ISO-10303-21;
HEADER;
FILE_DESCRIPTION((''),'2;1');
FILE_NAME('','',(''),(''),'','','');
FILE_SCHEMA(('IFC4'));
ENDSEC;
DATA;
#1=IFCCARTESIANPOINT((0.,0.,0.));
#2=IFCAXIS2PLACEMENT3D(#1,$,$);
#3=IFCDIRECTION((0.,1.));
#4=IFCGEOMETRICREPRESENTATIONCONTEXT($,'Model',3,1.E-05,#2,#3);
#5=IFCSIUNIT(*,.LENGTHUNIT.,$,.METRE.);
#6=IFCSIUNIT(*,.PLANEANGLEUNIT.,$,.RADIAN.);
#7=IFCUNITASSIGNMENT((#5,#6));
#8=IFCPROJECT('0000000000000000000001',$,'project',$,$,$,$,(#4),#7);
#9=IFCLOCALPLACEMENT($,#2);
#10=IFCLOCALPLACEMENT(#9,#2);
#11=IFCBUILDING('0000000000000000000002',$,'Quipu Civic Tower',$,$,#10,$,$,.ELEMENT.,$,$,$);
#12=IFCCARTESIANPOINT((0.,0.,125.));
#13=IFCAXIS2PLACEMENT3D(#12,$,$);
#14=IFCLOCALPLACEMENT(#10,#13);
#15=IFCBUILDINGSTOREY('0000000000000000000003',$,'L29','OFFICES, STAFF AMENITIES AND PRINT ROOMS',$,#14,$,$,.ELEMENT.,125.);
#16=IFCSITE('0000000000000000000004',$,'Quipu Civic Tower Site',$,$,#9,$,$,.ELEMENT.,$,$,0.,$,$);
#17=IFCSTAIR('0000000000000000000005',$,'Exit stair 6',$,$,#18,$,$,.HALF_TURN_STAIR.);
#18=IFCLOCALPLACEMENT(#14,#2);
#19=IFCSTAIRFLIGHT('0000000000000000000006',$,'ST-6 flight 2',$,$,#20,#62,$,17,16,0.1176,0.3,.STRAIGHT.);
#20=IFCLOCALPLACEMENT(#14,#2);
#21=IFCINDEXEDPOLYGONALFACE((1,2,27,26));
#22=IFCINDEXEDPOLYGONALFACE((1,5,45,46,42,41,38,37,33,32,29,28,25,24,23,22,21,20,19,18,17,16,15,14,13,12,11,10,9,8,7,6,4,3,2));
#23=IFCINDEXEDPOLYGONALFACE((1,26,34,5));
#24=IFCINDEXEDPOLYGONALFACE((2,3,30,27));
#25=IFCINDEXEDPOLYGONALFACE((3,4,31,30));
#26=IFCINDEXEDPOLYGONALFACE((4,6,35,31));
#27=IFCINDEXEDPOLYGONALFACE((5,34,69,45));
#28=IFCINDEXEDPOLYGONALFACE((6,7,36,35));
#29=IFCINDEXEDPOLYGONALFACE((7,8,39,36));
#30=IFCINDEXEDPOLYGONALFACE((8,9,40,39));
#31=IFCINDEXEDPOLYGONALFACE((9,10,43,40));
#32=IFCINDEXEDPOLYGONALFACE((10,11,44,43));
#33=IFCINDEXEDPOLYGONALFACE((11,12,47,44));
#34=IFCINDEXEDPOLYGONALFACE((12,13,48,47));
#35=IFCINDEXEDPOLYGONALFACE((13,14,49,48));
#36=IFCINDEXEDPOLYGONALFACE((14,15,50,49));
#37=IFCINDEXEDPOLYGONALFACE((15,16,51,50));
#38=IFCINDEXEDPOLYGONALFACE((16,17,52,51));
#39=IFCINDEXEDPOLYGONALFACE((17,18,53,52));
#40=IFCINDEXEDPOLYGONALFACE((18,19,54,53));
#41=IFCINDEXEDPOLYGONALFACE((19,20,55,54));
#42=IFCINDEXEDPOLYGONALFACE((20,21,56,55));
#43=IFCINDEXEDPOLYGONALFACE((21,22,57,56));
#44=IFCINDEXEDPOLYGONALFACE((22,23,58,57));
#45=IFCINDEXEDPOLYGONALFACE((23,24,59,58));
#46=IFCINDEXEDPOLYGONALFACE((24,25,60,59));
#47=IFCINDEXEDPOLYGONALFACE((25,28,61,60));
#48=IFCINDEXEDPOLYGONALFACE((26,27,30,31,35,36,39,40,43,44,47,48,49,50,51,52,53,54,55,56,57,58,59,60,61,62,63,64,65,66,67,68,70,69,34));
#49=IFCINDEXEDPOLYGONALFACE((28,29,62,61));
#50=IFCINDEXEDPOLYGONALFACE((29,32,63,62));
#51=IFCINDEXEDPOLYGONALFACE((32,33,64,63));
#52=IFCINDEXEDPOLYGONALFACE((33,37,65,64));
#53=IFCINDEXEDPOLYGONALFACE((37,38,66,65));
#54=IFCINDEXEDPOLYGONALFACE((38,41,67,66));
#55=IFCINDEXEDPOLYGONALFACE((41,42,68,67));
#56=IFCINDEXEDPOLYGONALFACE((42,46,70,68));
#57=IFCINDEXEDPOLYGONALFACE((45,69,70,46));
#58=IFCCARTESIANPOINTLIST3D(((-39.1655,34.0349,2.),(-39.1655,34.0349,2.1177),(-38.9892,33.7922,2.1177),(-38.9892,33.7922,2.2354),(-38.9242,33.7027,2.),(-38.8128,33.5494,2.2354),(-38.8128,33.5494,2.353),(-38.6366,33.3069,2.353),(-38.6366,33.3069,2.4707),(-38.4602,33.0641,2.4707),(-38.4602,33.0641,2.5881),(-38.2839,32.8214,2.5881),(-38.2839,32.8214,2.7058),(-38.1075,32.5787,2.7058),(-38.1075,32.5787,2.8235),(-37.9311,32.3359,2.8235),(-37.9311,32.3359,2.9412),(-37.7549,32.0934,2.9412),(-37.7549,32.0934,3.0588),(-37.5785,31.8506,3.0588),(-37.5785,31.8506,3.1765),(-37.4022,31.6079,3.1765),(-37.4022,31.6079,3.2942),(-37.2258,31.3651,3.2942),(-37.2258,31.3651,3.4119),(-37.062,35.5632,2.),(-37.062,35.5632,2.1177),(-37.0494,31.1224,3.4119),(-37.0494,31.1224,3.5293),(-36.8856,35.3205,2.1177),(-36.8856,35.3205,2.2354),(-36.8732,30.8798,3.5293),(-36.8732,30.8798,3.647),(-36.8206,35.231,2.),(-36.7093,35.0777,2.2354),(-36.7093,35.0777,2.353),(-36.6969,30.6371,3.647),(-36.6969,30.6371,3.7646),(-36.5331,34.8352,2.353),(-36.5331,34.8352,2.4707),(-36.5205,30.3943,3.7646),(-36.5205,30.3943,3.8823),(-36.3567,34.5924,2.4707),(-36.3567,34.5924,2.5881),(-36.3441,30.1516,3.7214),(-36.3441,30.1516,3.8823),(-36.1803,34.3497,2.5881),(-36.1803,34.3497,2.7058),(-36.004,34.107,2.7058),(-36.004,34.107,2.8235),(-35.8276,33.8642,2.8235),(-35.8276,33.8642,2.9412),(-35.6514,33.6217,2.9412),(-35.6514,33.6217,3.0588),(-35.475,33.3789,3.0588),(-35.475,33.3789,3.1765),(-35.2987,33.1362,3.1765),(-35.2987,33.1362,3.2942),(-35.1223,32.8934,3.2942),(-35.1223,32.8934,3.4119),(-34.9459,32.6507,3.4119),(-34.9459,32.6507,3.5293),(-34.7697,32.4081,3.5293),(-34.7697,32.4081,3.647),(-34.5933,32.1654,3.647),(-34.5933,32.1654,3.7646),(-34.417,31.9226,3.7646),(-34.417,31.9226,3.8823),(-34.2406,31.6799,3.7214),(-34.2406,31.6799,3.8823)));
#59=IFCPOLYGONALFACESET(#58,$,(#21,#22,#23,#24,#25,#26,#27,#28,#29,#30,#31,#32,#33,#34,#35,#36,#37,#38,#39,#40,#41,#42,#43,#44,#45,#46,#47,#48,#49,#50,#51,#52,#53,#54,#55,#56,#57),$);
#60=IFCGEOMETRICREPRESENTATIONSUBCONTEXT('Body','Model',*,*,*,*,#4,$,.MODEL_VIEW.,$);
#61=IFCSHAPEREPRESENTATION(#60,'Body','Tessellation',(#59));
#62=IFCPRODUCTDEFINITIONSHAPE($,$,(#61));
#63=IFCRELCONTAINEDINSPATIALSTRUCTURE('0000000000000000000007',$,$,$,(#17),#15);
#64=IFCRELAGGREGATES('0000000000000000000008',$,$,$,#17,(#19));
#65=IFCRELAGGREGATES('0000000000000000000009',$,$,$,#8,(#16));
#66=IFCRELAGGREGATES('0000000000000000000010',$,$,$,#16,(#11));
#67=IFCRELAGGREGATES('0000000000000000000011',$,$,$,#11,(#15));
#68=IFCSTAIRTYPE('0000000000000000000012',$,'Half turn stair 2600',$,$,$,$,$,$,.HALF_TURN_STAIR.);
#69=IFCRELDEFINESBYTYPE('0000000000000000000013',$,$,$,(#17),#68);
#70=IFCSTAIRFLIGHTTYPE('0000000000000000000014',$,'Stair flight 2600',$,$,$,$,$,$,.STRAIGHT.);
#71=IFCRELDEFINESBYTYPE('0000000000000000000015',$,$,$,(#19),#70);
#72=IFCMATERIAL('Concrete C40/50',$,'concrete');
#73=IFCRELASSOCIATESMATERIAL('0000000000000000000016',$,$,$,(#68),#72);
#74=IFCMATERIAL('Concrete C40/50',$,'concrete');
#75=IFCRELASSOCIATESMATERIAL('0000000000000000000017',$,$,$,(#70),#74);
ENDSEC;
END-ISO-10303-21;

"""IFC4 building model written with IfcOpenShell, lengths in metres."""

from ifc_helpers import new_model, si_unit, direction, frame, origin, place, context, subcontext, project, spatial, polyline, outline, extrude, material, type_object, element, aggregate, save


model = new_model("IFC4")

# Units and contexts
model_context = context("Model", 3, precision=1e-05, world=origin(), true_north=direction((0.0, 1.0)))
body_context = subcontext(model_context, "Body", "Model", "MODEL_VIEW")
ifc_project = project(units=[si_unit("LENGTHUNIT", "METRE"), si_unit("PLANEANGLEUNIT", "RADIAN")], contexts=[model_context])

# Site, building, storey
site_placement = place(None, origin())
site = spatial("IfcSite", under=ifc_project, at=site_placement, Name="Quipu Civic Tower Site", CompositionType="ELEMENT", RefElevation=0.0)
building_placement = place(site_placement, origin())
building = spatial("IfcBuilding", under=site, at=building_placement, Name="Quipu Civic Tower", CompositionType="ELEMENT")
storey_placement = place(building_placement, frame((0.0, 0.0, 125.0)))
storey = spatial("IfcBuildingStorey", under=building, at=storey_placement, Name="L29", Description="OFFICES, STAFF AMENITIES AND PRINT ROOMS", CompositionType="ELEMENT", Elevation=125.0)

# Stair, stair flight
ifc_material_1 = material(Name="Concrete C40/50", Category="concrete")
stair_type = type_object("IfcStairType", Name="Half turn stair 2600", PredefinedType="HALF_TURN_STAIR", material=ifc_material_1)
stair_placement = place(storey_placement, origin())
stair = element("IfcStair", 1, at=stair_placement, inside=storey, type_object=stair_type, Name="Exit stair 6", PredefinedType="HALF_TURN_STAIR")
ifc_material_2 = material(Name="Concrete C40/50", Category="concrete")
stair_flight_type = type_object("IfcStairFlightType", Name="Stair flight 2600", PredefinedType="STRAIGHT", material=ifc_material_2)
stair_flight_1_placement = place(storey_placement, frame((-38.1138, 34.7991, 2.0), z_axis=(0.0, 0.0, 1.0), x_axis=(0.587785, -0.809017, 0.0)))
stair_flight_1 = element("IfcStairFlight", 2, at=stair_flight_1_placement, type_object=stair_flight_type, Name="ST-6 flight 2", NumberOfRisers=17, NumberOfTreads=16, PredefinedType="STRAIGHT", RiserHeight=0.1176, TreadLength=0.3, context=body_context, shape_type="SweptSolid", body=[
    extrude(outline(polyline([(0.0, 0.0), (0.0, 0.1177), (0.3, 0.1177), (0.3, 0.2354), (0.6001, 0.2354), (0.6001, 0.353), (0.8999, 0.353), (0.8999, 0.4707), (1.2, 0.4707), (1.2, 0.5881), (1.5, 0.5881), (1.5, 0.7058), (1.8, 0.7058), (1.8, 0.8235), (2.1001, 0.8235), (2.1001, 0.9412), (2.3999, 0.9412), (2.3999, 1.0588), (2.7, 1.0588), (2.7, 1.1765), (3.0, 1.1765), (3.0, 1.2942), (3.3, 1.2942), (3.3, 1.4119), (3.6001, 1.4119), (3.6001, 1.5293), (3.8999, 1.5293), (3.8999, 1.647), (4.2, 1.647), (4.2, 1.7646), (4.5, 1.7646), (4.5, 1.8823), (4.8, 1.8823), (4.8, 2.0), (4.8, 1.7214), (0.4106, 0.0), (0.0, 0.0)])), frame((0.0, 1.3, 0.0), z_axis=(0.0, -1.0, 0.0), x_axis=(1.0, 0.0, 0.0)), (0.0, 0.0, 1.0), 2.6001),
])
aggregate(stair, [stair_flight_1])

save(model, "model.ifc")
